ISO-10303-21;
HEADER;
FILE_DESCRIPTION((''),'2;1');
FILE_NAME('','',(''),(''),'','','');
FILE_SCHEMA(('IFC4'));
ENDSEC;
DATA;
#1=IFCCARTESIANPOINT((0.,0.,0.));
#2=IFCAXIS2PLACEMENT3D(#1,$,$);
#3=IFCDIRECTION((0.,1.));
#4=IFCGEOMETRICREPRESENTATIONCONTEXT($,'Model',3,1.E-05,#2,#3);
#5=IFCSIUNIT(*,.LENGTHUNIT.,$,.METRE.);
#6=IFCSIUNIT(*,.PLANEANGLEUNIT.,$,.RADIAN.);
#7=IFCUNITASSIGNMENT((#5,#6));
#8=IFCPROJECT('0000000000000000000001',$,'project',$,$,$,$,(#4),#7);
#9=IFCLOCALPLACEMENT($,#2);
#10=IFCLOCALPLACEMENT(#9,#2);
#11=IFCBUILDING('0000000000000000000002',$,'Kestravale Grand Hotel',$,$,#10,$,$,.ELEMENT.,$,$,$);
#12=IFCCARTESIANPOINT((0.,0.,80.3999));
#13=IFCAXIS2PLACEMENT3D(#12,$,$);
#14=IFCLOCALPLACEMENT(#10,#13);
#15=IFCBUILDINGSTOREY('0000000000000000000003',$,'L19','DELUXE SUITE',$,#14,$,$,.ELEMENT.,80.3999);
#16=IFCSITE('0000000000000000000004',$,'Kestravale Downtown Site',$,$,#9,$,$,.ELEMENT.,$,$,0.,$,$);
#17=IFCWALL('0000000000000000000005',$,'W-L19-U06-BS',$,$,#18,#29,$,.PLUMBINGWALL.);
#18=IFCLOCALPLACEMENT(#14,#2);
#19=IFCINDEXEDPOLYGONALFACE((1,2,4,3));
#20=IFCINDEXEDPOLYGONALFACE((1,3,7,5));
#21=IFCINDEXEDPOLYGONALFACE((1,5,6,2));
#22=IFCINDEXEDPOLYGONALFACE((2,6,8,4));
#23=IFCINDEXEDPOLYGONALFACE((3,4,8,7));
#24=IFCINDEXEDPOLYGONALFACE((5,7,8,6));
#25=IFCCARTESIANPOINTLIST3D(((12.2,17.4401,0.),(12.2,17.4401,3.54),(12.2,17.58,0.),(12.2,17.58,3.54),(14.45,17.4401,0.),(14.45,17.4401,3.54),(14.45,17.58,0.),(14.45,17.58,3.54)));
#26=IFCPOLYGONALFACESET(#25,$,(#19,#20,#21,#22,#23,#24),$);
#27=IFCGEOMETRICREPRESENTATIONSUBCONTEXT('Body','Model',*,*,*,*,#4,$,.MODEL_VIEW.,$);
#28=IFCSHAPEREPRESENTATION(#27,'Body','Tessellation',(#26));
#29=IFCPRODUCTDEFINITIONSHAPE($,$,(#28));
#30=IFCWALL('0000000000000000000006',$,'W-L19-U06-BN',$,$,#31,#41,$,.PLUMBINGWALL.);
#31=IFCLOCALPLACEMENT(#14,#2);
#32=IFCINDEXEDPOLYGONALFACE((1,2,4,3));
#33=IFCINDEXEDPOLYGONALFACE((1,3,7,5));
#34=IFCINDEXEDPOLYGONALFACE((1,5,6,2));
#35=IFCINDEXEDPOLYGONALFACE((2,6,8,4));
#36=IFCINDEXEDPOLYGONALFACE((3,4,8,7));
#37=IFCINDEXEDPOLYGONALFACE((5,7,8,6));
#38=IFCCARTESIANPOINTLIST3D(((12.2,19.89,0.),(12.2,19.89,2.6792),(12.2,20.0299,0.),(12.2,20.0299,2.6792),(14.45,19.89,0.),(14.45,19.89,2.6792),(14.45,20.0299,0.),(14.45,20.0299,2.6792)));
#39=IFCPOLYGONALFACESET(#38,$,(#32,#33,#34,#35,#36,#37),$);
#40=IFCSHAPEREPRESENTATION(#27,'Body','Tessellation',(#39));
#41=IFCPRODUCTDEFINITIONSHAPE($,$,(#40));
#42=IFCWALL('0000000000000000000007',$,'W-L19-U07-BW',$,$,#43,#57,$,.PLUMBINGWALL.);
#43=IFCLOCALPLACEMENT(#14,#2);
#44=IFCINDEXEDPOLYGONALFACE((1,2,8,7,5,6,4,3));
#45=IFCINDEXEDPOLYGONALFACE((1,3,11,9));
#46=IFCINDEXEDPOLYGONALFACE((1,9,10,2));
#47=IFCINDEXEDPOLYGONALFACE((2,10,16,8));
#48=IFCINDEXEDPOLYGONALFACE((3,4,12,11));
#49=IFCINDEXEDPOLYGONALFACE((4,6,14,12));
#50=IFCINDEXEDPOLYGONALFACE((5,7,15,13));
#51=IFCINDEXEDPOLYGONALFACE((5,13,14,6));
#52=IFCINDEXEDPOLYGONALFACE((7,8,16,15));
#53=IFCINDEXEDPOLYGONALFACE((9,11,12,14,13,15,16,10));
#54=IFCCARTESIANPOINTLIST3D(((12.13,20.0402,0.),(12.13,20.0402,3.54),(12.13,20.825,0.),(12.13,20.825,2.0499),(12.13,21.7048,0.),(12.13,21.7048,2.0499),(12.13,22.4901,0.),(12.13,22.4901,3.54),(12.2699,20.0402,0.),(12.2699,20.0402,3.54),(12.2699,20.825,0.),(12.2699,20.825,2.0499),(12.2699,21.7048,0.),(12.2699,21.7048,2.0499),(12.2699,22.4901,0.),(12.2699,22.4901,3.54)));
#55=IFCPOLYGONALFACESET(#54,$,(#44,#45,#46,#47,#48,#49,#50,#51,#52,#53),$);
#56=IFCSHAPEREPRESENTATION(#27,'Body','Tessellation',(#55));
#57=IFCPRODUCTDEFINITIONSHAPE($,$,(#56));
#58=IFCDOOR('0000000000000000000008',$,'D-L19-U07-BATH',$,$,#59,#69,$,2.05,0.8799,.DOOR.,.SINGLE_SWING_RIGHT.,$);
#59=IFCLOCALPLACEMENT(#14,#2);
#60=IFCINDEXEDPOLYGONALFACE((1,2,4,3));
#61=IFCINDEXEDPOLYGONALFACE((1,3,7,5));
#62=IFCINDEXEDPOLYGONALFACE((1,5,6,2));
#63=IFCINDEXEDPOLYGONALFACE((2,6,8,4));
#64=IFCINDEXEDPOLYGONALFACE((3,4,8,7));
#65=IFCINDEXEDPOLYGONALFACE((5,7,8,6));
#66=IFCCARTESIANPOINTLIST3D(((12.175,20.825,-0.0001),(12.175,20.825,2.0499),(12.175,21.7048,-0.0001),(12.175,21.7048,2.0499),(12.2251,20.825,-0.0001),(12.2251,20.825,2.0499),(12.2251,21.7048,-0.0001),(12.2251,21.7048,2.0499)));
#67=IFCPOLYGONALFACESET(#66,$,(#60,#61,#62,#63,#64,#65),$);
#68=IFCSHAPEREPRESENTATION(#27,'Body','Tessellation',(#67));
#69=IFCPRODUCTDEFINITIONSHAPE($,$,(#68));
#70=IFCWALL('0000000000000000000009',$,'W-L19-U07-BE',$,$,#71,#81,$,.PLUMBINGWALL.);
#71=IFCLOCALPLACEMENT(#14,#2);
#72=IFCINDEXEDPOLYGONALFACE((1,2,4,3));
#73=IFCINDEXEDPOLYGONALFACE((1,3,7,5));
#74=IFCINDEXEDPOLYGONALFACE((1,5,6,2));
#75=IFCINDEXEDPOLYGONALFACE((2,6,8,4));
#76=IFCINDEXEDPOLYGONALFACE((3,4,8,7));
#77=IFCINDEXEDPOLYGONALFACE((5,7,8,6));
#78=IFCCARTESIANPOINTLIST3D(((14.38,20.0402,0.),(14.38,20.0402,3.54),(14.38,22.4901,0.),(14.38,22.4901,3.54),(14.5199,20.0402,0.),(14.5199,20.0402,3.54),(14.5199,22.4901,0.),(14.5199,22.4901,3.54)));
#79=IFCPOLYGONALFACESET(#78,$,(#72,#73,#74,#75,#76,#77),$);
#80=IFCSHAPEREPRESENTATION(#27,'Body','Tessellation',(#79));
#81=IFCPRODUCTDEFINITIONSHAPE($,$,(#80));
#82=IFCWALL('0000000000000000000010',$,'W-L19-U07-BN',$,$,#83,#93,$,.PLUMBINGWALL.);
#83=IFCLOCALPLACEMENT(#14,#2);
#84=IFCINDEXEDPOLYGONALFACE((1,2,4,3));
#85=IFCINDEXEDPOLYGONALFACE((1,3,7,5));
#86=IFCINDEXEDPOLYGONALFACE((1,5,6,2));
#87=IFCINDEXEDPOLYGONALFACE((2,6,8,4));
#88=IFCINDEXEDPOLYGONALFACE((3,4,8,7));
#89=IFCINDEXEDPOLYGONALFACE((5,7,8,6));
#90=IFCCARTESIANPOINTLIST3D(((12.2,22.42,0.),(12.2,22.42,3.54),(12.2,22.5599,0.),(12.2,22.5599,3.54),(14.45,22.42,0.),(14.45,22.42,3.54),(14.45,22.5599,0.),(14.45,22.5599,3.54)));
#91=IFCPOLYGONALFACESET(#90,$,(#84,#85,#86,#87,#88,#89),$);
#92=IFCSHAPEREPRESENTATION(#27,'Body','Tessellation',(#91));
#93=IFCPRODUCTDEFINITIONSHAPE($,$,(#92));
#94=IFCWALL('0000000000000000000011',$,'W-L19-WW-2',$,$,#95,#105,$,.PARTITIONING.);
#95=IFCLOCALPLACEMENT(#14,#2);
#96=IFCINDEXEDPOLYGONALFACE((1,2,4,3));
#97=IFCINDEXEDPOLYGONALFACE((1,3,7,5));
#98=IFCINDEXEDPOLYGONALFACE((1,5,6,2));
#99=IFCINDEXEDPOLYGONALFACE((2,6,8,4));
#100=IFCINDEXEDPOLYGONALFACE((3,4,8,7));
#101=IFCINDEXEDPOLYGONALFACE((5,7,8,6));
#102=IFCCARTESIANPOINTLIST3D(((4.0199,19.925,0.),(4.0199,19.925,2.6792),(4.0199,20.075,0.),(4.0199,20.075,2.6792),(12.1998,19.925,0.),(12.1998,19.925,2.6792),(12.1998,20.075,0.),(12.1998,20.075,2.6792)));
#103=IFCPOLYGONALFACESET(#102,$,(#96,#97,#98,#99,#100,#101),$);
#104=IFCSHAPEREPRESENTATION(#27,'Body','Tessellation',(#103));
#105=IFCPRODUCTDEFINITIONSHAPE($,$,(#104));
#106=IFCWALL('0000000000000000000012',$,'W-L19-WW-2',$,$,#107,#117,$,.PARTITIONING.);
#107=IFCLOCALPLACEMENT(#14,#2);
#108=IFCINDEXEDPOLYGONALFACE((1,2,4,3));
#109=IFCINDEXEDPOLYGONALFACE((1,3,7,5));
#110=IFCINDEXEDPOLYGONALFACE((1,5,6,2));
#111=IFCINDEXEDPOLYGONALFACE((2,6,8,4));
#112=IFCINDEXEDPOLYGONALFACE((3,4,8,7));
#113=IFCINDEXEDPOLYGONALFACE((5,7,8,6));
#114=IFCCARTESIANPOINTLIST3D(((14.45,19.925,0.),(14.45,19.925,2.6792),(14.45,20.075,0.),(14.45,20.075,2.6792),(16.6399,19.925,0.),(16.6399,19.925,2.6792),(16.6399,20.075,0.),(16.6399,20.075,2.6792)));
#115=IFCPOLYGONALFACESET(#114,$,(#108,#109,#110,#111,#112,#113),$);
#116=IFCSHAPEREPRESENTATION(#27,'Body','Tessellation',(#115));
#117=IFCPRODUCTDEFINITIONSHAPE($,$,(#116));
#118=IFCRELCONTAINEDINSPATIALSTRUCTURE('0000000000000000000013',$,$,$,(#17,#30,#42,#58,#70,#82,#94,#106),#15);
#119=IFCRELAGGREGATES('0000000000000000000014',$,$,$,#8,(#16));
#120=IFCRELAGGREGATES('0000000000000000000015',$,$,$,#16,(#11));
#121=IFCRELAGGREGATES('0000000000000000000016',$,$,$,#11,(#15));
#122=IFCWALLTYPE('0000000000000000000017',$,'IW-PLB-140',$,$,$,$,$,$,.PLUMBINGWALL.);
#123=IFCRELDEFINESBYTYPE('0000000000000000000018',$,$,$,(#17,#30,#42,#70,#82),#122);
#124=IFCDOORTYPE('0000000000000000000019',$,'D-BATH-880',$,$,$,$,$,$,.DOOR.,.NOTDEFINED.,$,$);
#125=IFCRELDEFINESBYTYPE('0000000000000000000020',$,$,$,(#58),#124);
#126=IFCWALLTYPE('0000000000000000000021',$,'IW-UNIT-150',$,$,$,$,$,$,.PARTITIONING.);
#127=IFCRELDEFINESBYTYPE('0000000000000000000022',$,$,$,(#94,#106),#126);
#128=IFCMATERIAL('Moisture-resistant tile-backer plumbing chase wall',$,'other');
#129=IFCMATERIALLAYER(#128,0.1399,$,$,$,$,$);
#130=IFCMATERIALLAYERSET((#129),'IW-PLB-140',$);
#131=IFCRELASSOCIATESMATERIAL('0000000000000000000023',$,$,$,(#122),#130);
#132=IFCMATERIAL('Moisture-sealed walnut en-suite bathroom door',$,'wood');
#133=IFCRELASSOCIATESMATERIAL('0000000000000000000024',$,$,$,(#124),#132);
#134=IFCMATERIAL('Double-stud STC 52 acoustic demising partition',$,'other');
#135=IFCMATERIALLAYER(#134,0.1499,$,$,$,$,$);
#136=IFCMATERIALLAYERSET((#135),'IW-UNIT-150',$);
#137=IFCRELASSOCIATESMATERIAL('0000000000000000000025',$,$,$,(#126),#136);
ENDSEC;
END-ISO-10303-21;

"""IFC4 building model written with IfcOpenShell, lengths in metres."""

from ifc_helpers import new_model, si_unit, direction, frame, frame_2d, origin, place, context, subcontext, project, spatial, rectangle, extrude, material, layer, layer_set, type_object, element, fill, save


model = new_model("IFC4")

# Units and contexts
model_context = context("Model", 3, precision=1e-05, world=origin(), true_north=direction((0.0, 1.0)))
body_context = subcontext(model_context, "Body", "Model", "MODEL_VIEW")
ifc_project = project(units=[si_unit("LENGTHUNIT", "METRE"), si_unit("PLANEANGLEUNIT", "RADIAN")], contexts=[model_context])

# Site, building, storey
site_placement = place(None, origin())
site = spatial("IfcSite", under=ifc_project, at=site_placement, Name="Kestravale Downtown Site", CompositionType="ELEMENT", RefElevation=0.0)
building_placement = place(site_placement, origin())
building = spatial("IfcBuilding", under=site, at=building_placement, Name="Kestravale Grand Hotel", CompositionType="ELEMENT")
storey_placement = place(building_placement, frame((0.0, 0.0, 80.3999)))
storey = spatial("IfcBuildingStorey", under=building, at=storey_placement, Name="L19", Description="DELUXE SUITE", CompositionType="ELEMENT", Elevation=80.3999)

# Shared definitions
ifc_material_1 = material(Name="Moisture-resistant tile-backer plumbing chase wall", Category="other")
ifc_layer_1 = layer(ifc_material_1, 0.1399)
ifc_layer_set_1 = layer_set([ifc_layer_1], Name="IW-PLB-140")
wall_type_1 = type_object("IfcWallType", Name="IW-PLB-140", PredefinedType="PLUMBINGWALL", material=ifc_layer_set_1)
ifc_material_2 = material(Name="Moisture-sealed walnut en-suite bathroom door", Category="wood")
door_type_1 = type_object("IfcDoorType", Name="D-BATH-880", OperationType="NOTDEFINED", PredefinedType="DOOR", material=ifc_material_2)

# Walls
wall_1_placement = place(storey_placement, frame((12.2, 17.51, 0.0), z_axis=(0.0, 0.0, 1.0), x_axis=(1.0, 0.0, 0.0)))
element("IfcWall", 1, at=wall_1_placement, inside=storey, type_object=wall_type_1, Name="W-L19-U06-BS", PredefinedType="PLUMBINGWALL", context=body_context, shape_type="SweptSolid", body=[
    extrude(rectangle(XDim=2.25, YDim=0.1399, at=frame_2d((1.125, 0.0))), origin(), (0.0, 0.0, 1.0), 3.54),
])
wall_2_placement = place(storey_placement, frame((12.2, 19.96, 0.0), z_axis=(0.0, 0.0, 1.0), x_axis=(1.0, 0.0, 0.0)))
element("IfcWall", 2, at=wall_2_placement, inside=storey, type_object=wall_type_1, Name="W-L19-U06-BN", PredefinedType="PLUMBINGWALL", context=body_context, shape_type="SweptSolid", body=[
    extrude(rectangle(XDim=2.25, YDim=0.1399, at=frame_2d((1.125, 0.0))), origin(), (0.0, 0.0, 1.0), 2.6792),
])

# Wall, opening, door
wall_3_placement = place(storey_placement, frame((12.2, 20.04, 0.0), z_axis=(0.0, 0.0, 1.0), x_axis=(0.0, 1.0, 0.0)))
wall_3 = element("IfcWall", 3, at=wall_3_placement, inside=storey, type_object=wall_type_1, Name="W-L19-U07-BW", PredefinedType="PLUMBINGWALL", context=body_context, shape_type="SweptSolid", body=[
    extrude(rectangle(XDim=2.45, YDim=0.1399, at=frame_2d((1.2251, 0.0))), origin(), (0.0, 0.0, 1.0), 3.54),
])
opening_1_placement = place(wall_3_placement, frame((0.7849, 0.0, 0.0)))
opening_1 = element("IfcOpeningElement", 4, at=opening_1_placement, cuts=wall_3, PredefinedType="OPENING", context=body_context, shape_type="SweptSolid", body=[
    extrude(rectangle(XDim=0.8799, YDim=2.05, at=frame_2d((0.4399, 1.0249))), frame((0.0, 0.0798, 0.0), z_axis=(0.0, -1.0, 0.0), x_axis=(1.0, 0.0, 0.0)), (0.0, 0.0, 1.0), 0.1599),
])
door_1_placement = place(opening_1_placement, origin())
door_1 = element("IfcDoor", 5, at=door_1_placement, inside=storey, type_object=door_type_1, Name="D-L19-U07-BATH", OperationType="SINGLE_SWING_RIGHT", OverallHeight=2.05, OverallWidth=0.8799, PredefinedType="DOOR", context=body_context, shape_type="SweptSolid", body=[
    extrude(rectangle(XDim=0.8799, YDim=2.05, at=frame_2d((0.4399, 1.0249))), frame((0.0, 0.0249, 0.0), z_axis=(0.0, -1.0, 0.0), x_axis=(1.0, 0.0, 0.0)), (0.0, 0.0, 1.0), 0.05),
])
fill(opening_1, door_1)

# Walls
wall_4_placement = place(storey_placement, frame((14.45, 20.04, 0.0), z_axis=(0.0, 0.0, 1.0), x_axis=(0.0, 1.0, 0.0)))
element("IfcWall", 6, at=wall_4_placement, inside=storey, type_object=wall_type_1, Name="W-L19-U07-BE", PredefinedType="PLUMBINGWALL", context=body_context, shape_type="SweptSolid", body=[
    extrude(rectangle(XDim=2.45, YDim=0.1399, at=frame_2d((1.2251, 0.0))), origin(), (0.0, 0.0, 1.0), 3.54),
])
wall_5_placement = place(storey_placement, frame((12.2, 22.49, 0.0), z_axis=(0.0, 0.0, 1.0), x_axis=(1.0, 0.0, 0.0)))
element("IfcWall", 7, at=wall_5_placement, inside=storey, type_object=wall_type_1, Name="W-L19-U07-BN", PredefinedType="PLUMBINGWALL", context=body_context, shape_type="SweptSolid", body=[
    extrude(rectangle(XDim=2.25, YDim=0.1399, at=frame_2d((1.125, 0.0))), origin(), (0.0, 0.0, 1.0), 3.54),
])
ifc_material_3 = material(Name="Double-stud STC 52 acoustic demising partition", Category="other")
ifc_layer_2 = layer(ifc_material_3, 0.1499)
ifc_layer_set_2 = layer_set([ifc_layer_2], Name="IW-UNIT-150")
wall_type_2 = type_object("IfcWallType", Name="IW-UNIT-150", PredefinedType="PARTITIONING", material=ifc_layer_set_2)
wall_6_placement = place(storey_placement, frame((4.02, 20.0, 0.0), z_axis=(0.0, 0.0, 1.0), x_axis=(1.0, 0.0, 0.0)))
element("IfcWall", 8, at=wall_6_placement, inside=storey, type_object=wall_type_2, Name="W-L19-WW-2", PredefinedType="PARTITIONING", context=body_context, shape_type="SweptSolid", body=[
    extrude(rectangle(XDim=8.1799, YDim=0.1499, at=frame_2d((4.0898, 0.0))), origin(), (0.0, 0.0, 1.0), 2.6792),
])
wall_7_placement = place(storey_placement, frame((14.45, 20.0, 0.0), z_axis=(0.0, 0.0, 1.0), x_axis=(1.0, 0.0, 0.0)))
element("IfcWall", 9, at=wall_7_placement, inside=storey, type_object=wall_type_2, Name="W-L19-WW-2", PredefinedType="PARTITIONING", context=body_context, shape_type="SweptSolid", body=[
    extrude(rectangle(XDim=2.1899, YDim=0.1499, at=frame_2d((1.095, 0.0))), origin(), (0.0, 0.0, 1.0), 2.6792),
])

save(model, "model.ifc")
